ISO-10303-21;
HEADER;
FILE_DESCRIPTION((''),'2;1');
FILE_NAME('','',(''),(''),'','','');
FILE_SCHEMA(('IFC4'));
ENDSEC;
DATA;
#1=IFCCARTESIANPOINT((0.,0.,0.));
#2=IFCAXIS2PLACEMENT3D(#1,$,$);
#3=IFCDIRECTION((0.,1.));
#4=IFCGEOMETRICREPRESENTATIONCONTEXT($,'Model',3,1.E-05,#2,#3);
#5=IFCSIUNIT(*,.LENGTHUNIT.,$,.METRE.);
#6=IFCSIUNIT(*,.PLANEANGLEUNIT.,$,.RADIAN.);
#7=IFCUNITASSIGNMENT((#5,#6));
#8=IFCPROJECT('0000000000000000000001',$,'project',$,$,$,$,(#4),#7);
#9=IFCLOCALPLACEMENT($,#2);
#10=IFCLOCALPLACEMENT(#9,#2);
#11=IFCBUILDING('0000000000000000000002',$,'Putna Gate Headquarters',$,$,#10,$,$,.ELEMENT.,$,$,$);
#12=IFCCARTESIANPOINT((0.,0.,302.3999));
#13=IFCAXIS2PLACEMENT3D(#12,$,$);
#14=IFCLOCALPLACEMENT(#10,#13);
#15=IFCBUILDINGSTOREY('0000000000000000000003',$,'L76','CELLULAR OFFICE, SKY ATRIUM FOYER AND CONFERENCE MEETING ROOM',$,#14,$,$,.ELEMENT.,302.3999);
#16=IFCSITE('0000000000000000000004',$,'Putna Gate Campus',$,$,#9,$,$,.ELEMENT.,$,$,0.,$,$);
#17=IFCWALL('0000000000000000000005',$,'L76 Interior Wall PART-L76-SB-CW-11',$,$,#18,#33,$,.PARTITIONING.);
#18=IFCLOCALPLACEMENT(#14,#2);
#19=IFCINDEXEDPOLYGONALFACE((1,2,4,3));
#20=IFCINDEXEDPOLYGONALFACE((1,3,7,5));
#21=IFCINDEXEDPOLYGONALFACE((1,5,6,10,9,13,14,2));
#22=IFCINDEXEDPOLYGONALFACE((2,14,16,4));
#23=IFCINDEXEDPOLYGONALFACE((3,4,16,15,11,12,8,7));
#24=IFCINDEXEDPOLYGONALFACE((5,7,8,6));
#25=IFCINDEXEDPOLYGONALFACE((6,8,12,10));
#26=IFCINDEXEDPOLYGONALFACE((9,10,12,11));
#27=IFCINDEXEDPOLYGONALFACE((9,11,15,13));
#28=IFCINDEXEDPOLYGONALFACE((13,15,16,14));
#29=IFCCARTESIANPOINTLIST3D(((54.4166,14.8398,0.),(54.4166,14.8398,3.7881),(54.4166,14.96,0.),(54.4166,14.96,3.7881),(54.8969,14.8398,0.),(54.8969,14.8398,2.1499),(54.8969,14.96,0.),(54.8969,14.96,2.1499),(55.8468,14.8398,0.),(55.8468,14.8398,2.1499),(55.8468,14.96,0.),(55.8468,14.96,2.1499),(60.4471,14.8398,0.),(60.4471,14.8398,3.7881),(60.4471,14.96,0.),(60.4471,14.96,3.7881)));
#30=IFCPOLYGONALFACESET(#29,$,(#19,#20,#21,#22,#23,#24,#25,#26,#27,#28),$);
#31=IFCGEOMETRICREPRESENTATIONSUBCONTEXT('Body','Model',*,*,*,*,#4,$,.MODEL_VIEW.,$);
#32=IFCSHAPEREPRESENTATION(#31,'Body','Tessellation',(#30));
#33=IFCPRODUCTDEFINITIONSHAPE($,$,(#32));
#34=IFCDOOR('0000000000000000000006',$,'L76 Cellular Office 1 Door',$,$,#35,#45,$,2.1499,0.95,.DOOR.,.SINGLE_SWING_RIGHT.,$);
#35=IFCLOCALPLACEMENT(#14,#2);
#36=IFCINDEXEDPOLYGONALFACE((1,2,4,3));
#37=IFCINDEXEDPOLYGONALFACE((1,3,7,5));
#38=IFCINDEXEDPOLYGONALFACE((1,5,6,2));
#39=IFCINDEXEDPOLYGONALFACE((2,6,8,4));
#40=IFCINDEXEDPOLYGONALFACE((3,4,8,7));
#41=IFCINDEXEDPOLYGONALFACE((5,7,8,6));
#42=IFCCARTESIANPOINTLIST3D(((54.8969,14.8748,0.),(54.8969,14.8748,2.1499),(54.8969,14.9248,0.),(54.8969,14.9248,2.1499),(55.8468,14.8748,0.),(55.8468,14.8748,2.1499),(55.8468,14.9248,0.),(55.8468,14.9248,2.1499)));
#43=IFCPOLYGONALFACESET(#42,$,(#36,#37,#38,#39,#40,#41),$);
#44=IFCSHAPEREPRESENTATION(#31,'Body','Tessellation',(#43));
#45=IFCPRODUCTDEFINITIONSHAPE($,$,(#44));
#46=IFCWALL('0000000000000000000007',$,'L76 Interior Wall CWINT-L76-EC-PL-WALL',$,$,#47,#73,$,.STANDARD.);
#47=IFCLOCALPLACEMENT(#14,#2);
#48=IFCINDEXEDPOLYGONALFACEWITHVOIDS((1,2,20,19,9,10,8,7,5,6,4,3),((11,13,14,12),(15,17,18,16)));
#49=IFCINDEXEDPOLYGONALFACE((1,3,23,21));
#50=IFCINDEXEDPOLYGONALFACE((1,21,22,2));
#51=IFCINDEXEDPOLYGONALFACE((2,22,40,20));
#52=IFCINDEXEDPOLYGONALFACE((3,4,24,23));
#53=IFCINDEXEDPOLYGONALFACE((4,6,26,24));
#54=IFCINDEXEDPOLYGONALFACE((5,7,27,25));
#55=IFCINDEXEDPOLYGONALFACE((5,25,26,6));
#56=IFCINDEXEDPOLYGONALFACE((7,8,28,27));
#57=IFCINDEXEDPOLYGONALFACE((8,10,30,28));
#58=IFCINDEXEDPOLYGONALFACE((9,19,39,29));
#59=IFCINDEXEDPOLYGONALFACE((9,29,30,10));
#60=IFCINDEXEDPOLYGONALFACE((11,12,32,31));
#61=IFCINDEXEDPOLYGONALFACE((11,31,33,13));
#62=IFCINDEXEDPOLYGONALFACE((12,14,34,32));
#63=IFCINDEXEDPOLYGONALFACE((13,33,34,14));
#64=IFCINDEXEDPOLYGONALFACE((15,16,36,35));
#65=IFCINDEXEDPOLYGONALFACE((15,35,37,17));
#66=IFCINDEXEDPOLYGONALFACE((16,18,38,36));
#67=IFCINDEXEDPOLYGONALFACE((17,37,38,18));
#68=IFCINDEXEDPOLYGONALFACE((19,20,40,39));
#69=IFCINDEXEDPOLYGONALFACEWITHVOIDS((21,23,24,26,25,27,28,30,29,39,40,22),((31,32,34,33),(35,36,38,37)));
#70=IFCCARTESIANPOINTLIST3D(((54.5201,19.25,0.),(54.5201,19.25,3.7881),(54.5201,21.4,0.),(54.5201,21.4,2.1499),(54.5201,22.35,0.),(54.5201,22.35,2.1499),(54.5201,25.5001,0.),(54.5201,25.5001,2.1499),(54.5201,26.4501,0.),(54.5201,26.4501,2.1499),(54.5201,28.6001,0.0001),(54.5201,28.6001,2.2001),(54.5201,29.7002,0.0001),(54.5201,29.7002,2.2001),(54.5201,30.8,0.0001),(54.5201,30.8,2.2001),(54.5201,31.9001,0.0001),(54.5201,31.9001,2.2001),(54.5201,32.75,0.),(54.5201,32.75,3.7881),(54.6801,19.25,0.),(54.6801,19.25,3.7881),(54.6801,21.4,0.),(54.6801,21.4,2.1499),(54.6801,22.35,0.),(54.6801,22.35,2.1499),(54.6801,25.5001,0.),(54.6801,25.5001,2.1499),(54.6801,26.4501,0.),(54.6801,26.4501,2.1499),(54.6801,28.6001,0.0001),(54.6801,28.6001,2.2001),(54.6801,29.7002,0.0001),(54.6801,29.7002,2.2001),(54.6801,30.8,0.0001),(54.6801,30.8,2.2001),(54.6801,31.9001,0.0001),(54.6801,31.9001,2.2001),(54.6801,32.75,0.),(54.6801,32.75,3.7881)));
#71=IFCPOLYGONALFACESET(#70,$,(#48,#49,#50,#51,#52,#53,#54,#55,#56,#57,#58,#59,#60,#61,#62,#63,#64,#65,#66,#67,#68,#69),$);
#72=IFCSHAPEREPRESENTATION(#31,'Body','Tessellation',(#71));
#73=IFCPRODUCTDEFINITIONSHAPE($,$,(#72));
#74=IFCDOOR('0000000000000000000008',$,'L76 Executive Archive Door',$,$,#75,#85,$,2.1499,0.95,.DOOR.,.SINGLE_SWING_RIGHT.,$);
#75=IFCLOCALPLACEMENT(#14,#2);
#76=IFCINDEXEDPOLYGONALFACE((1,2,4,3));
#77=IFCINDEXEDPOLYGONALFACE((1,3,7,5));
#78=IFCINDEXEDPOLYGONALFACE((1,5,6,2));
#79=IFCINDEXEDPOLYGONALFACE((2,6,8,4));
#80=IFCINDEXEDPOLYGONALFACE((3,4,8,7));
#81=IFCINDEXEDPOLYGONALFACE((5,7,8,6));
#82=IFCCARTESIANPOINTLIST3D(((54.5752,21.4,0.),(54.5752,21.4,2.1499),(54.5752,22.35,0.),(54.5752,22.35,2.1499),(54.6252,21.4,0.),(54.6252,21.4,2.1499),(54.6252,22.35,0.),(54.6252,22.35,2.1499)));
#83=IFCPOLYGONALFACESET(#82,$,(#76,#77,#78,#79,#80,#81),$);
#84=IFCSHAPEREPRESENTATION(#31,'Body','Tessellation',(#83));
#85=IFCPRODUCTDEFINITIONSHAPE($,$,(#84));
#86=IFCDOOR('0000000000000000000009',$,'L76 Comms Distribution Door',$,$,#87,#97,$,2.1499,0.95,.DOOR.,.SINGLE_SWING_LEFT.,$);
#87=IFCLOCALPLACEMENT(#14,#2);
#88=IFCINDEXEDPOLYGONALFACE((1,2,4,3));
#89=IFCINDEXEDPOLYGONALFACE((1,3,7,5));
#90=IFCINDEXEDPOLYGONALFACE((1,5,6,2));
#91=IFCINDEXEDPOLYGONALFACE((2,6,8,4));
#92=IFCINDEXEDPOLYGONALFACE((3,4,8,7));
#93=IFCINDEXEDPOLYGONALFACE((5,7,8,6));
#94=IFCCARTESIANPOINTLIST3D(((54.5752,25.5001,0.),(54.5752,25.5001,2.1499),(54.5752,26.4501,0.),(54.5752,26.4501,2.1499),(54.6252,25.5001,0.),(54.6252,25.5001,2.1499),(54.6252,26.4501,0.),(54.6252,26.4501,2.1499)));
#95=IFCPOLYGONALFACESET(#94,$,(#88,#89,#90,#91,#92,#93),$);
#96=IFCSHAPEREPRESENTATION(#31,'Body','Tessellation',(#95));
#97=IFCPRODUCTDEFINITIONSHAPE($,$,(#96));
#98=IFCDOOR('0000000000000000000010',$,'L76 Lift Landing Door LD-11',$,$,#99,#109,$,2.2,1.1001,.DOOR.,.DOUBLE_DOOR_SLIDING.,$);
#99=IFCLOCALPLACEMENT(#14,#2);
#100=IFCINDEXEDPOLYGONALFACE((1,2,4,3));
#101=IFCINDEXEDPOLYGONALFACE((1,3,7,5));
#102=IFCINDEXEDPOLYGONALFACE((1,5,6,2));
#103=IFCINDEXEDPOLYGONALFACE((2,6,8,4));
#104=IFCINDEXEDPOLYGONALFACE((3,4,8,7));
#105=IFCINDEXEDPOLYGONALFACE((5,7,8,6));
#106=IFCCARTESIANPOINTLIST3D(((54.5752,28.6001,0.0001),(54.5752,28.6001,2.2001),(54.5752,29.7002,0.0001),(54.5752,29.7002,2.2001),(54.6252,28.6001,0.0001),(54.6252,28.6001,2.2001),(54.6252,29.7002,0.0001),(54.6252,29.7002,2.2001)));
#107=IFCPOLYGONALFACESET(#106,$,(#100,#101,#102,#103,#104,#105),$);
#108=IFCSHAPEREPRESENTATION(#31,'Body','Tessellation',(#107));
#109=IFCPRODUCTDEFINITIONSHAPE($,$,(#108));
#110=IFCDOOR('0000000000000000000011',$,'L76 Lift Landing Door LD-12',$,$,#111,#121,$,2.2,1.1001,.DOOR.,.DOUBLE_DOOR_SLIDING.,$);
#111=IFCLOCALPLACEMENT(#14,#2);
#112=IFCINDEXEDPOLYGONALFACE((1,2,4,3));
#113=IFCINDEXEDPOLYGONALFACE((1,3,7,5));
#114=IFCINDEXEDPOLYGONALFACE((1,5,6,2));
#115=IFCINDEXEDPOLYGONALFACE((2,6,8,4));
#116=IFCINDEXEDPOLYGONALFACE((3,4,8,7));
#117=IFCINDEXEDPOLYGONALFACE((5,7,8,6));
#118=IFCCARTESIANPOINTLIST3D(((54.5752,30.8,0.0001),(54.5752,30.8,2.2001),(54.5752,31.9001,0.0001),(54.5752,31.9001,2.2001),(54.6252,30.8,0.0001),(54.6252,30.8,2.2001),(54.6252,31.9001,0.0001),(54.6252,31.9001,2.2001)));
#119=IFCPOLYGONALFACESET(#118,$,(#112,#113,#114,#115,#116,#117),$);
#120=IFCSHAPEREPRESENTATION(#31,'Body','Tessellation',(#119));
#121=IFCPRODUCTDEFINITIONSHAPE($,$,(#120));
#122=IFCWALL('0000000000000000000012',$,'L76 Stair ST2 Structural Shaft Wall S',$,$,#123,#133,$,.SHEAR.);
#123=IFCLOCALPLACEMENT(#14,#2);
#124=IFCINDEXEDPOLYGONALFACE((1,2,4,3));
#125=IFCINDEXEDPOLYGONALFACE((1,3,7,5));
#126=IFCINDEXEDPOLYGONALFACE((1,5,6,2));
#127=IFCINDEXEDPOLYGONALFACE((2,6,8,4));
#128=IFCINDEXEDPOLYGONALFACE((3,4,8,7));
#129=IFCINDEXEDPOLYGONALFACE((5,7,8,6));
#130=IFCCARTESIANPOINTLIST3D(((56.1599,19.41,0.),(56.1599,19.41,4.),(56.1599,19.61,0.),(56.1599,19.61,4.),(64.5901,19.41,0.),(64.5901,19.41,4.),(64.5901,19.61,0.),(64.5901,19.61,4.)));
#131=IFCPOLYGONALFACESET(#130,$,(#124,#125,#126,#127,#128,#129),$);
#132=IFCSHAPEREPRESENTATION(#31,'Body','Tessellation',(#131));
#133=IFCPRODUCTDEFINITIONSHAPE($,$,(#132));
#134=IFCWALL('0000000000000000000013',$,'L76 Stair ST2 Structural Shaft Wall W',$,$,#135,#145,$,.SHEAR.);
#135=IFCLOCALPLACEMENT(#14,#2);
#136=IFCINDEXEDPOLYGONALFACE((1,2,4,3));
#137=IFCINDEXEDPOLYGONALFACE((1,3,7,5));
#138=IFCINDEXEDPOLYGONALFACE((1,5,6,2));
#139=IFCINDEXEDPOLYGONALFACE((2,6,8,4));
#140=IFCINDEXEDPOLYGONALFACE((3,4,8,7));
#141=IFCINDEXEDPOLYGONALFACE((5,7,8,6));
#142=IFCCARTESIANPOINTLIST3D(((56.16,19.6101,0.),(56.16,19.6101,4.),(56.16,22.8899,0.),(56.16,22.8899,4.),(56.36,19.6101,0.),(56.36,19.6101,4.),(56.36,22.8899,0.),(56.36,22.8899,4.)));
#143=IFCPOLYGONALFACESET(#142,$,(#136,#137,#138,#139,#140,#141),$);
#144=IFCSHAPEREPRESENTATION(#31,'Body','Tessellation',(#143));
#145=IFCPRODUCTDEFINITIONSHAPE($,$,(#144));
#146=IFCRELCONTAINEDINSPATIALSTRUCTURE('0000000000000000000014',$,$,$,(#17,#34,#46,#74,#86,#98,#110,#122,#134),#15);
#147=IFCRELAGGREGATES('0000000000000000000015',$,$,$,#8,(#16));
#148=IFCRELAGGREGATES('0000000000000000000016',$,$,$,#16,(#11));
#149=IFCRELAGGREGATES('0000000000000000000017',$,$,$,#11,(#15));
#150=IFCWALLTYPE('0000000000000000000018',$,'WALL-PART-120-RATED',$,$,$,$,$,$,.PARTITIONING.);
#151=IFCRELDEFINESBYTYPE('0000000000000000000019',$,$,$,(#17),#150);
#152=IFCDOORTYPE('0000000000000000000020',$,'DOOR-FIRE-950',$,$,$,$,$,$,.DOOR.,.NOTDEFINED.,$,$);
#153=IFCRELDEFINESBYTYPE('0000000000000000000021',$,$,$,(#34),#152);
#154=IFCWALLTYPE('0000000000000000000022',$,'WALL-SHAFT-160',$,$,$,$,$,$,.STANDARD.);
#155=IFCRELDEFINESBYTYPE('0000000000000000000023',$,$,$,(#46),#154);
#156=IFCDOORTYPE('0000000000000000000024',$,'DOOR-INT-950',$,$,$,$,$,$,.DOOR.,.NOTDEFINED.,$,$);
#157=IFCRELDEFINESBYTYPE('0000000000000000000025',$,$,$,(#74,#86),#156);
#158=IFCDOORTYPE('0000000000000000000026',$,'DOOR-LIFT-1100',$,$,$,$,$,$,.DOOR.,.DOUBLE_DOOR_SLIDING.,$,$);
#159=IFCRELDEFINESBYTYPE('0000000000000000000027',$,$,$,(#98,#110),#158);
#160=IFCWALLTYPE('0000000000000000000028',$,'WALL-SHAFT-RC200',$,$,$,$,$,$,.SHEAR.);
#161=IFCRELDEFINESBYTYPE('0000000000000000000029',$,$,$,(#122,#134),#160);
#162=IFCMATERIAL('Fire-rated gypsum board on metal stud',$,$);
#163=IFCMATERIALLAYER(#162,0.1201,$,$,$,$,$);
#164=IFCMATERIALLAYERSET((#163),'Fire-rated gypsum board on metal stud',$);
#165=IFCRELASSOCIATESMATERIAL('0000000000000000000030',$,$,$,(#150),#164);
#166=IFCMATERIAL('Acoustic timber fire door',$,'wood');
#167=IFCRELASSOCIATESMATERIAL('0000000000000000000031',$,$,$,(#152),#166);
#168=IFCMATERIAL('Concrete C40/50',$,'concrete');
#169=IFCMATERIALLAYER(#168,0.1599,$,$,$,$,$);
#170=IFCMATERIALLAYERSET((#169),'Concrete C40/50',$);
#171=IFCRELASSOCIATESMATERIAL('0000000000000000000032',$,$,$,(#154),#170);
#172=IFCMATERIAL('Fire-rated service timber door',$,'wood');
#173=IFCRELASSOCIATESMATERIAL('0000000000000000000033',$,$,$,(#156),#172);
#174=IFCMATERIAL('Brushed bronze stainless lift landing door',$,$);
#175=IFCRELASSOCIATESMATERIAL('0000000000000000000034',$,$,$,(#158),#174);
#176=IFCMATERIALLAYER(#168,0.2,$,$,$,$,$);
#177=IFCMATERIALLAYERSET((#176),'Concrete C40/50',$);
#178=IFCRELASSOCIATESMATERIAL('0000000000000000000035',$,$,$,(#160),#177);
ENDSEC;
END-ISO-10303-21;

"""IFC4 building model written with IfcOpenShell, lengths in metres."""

from ifc_helpers import new_model, si_unit, direction, frame, frame_2d, origin, place, context, subcontext, project, spatial, rectangle, extrude, material, layer, layer_set, type_object, element, fill, save


model = new_model("IFC4")

# Units and contexts
model_context = context("Model", 3, precision=1e-05, world=origin(), true_north=direction((0.0, 1.0)))
body_context = subcontext(model_context, "Body", "Model", "MODEL_VIEW")
ifc_project = project(units=[si_unit("LENGTHUNIT", "METRE"), si_unit("PLANEANGLEUNIT", "RADIAN")], contexts=[model_context])

# Site, building, storey
site_placement = place(None, origin())
site = spatial("IfcSite", under=ifc_project, at=site_placement, Name="Putna Gate Campus", CompositionType="ELEMENT", RefElevation=0.0)
building_placement = place(site_placement, origin())
building = spatial("IfcBuilding", under=site, at=building_placement, Name="Putna Gate Headquarters", CompositionType="ELEMENT")
storey_placement = place(building_placement, frame((0.0, 0.0, 302.3999)))
storey = spatial("IfcBuildingStorey", under=building, at=storey_placement, Name="L76", Description="CELLULAR OFFICE, SKY ATRIUM FOYER AND CONFERENCE MEETING ROOM", CompositionType="ELEMENT", Elevation=302.3999)

# Wall, opening, door
ifc_material_1 = material(Name="Fire-rated gypsum board on metal stud")
ifc_layer_1 = layer(ifc_material_1, 0.1201)
ifc_layer_set_1 = layer_set([ifc_layer_1], Name="Fire-rated gypsum board on metal stud")
wall_type_1 = type_object("IfcWallType", Name="WALL-PART-120-RATED", PredefinedType="PARTITIONING", material=ifc_layer_set_1)
ifc_material_2 = material(Name="Acoustic timber fire door", Category="wood")
door_type_1 = type_object("IfcDoorType", Name="DOOR-FIRE-950", OperationType="NOTDEFINED", PredefinedType="DOOR", material=ifc_material_2)
wall_1_placement = place(storey_placement, frame((54.4167, 14.8999, 0.0), z_axis=(0.0, 0.0, 1.0), x_axis=(1.0, 0.0, 0.0)))
wall_1 = element("IfcWall", 1, at=wall_1_placement, inside=storey, type_object=wall_type_1, Name="L76 Interior Wall PART-L76-SB-CW-11", PredefinedType="PARTITIONING", context=body_context, shape_type="SweptSolid", body=[
    extrude(rectangle(XDim=6.0305, YDim=0.1201, at=frame_2d((3.0151, 0.0))), origin(), (0.0, 0.0, 1.0), 3.7881),
])
opening_1_placement = place(wall_1_placement, frame((0.48, 0.0, 0.0)))
opening_1 = element("IfcOpeningElement", 2, at=opening_1_placement, cuts=wall_1, PredefinedType="OPENING", context=body_context, shape_type="SweptSolid", body=[
    extrude(rectangle(XDim=0.95, YDim=2.1499, at=frame_2d((0.4751, 1.075))), frame((0.0, 0.0701, 0.0), z_axis=(0.0, -1.0, 0.0), x_axis=(1.0, 0.0, 0.0)), (0.0, 0.0, 1.0), 0.1401),
])
door_1_placement = place(opening_1_placement, origin())
door_1 = element("IfcDoor", 3, at=door_1_placement, inside=storey, type_object=door_type_1, Name="L76 Cellular Office 1 Door", OperationType="SINGLE_SWING_RIGHT", OverallHeight=2.1499, OverallWidth=0.95, PredefinedType="DOOR", context=body_context, shape_type="SweptSolid", body=[
    extrude(rectangle(XDim=0.95, YDim=2.1499, at=frame_2d((0.4751, 1.075))), frame((0.0, 0.0249, 0.0), z_axis=(0.0, -1.0, 0.0), x_axis=(1.0, 0.0, 0.0)), (0.0, 0.0, 1.0), 0.05),
])
fill(opening_1, door_1)

# Wall, openings, doors
ifc_material_3 = material(Name="Concrete C40/50", Category="concrete")
ifc_layer_2 = layer(ifc_material_3, 0.1599)
ifc_layer_set_2 = layer_set([ifc_layer_2], Name="Concrete C40/50")
wall_type_2 = type_object("IfcWallType", Name="WALL-SHAFT-160", PredefinedType="STANDARD", material=ifc_layer_set_2)
wall_2_placement = place(storey_placement, frame((54.6001, 19.25, 0.0), z_axis=(0.0, 0.0, 1.0), x_axis=(0.0, 1.0, 0.0)))
wall_2 = element("IfcWall", 4, at=wall_2_placement, inside=storey, type_object=wall_type_2, Name="L76 Interior Wall CWINT-L76-EC-PL-WALL", PredefinedType="STANDARD", context=body_context, shape_type="SweptSolid", body=[
    extrude(rectangle(XDim=13.5, YDim=0.1599, at=frame_2d((6.75, 0.0))), origin(), (0.0, 0.0, 1.0), 3.7881),
])
opening_2_placement = place(wall_2_placement, frame((2.1499, 0.0, 0.0)))
opening_2 = element("IfcOpeningElement", 5, at=opening_2_placement, cuts=wall_2, PredefinedType="OPENING", context=body_context, shape_type="SweptSolid", body=[
    extrude(rectangle(XDim=0.95, YDim=2.1499, at=frame_2d((0.4751, 1.075))), frame((0.0, 0.0898, 0.0), z_axis=(0.0, -1.0, 0.0), x_axis=(1.0, 0.0, 0.0)), (0.0, 0.0, 1.0), 0.1799),
])
opening_3_placement = place(wall_2_placement, frame((6.25, 0.0, 0.0)))
opening_3 = element("IfcOpeningElement", 6, at=opening_3_placement, cuts=wall_2, PredefinedType="OPENING", context=body_context, shape_type="SweptSolid", body=[
    extrude(rectangle(XDim=0.95, YDim=2.1499, at=frame_2d((0.4751, 1.075))), frame((0.0, 0.0898, 0.0), z_axis=(0.0, -1.0, 0.0), x_axis=(1.0, 0.0, 0.0)), (0.0, 0.0, 1.0), 0.1799),
])
opening_4_placement = place(wall_2_placement, frame((9.3501, 0.0, 0.0)))
opening_4 = element("IfcOpeningElement", 7, at=opening_4_placement, cuts=wall_2, PredefinedType="OPENING", context=body_context, shape_type="SweptSolid", body=[
    extrude(rectangle(XDim=1.1001, YDim=2.2, at=frame_2d((0.55, 1.1001))), frame((0.0, 0.0898, 0.0), z_axis=(0.0, -1.0, 0.0), x_axis=(1.0, 0.0, 0.0)), (0.0, 0.0, 1.0), 0.1799),
])
opening_5_placement = place(wall_2_placement, frame((11.55, 0.0, 0.0)))
opening_5 = element("IfcOpeningElement", 8, at=opening_5_placement, cuts=wall_2, PredefinedType="OPENING", context=body_context, shape_type="SweptSolid", body=[
    extrude(rectangle(XDim=1.1001, YDim=2.2, at=frame_2d((0.55, 1.1001))), frame((0.0, 0.0898, 0.0), z_axis=(0.0, -1.0, 0.0), x_axis=(1.0, 0.0, 0.0)), (0.0, 0.0, 1.0), 0.1799),
])
ifc_material_4 = material(Name="Fire-rated service timber door", Category="wood")
door_type_2 = type_object("IfcDoorType", Name="DOOR-INT-950", OperationType="NOTDEFINED", PredefinedType="DOOR", material=ifc_material_4)
door_2_placement = place(opening_2_placement, origin())
door_2 = element("IfcDoor", 9, at=door_2_placement, inside=storey, type_object=door_type_2, Name="L76 Executive Archive Door", OperationType="SINGLE_SWING_RIGHT", OverallHeight=2.1499, OverallWidth=0.95, PredefinedType="DOOR", context=body_context, shape_type="SweptSolid", body=[
    extrude(rectangle(XDim=0.95, YDim=2.1499, at=frame_2d((0.4751, 1.075))), frame((0.0, 0.0249, 0.0), z_axis=(0.0, -1.0, 0.0), x_axis=(1.0, 0.0, 0.0)), (0.0, 0.0, 1.0), 0.05),
])
fill(opening_2, door_2)
door_3_placement = place(opening_3_placement, origin())
door_3 = element("IfcDoor", 10, at=door_3_placement, inside=storey, type_object=door_type_2, Name="L76 Comms Distribution Door", OperationType="SINGLE_SWING_LEFT", OverallHeight=2.1499, OverallWidth=0.95, PredefinedType="DOOR", context=body_context, shape_type="SweptSolid", body=[
    extrude(rectangle(XDim=0.95, YDim=2.1499, at=frame_2d((0.4751, 1.075))), frame((0.0, 0.0249, 0.0), z_axis=(0.0, -1.0, 0.0), x_axis=(1.0, 0.0, 0.0)), (0.0, 0.0, 1.0), 0.05),
])
fill(opening_3, door_3)
ifc_material_5 = material(Name="Brushed bronze stainless lift landing door")
door_type_3 = type_object("IfcDoorType", Name="DOOR-LIFT-1100", OperationType="DOUBLE_DOOR_SLIDING", PredefinedType="DOOR", material=ifc_material_5)
door_4_placement = place(opening_4_placement, origin())
door_4 = element("IfcDoor", 11, at=door_4_placement, inside=storey, type_object=door_type_3, Name="L76 Lift Landing Door LD-11", OperationType="DOUBLE_DOOR_SLIDING", OverallHeight=2.2, OverallWidth=1.1001, PredefinedType="DOOR", context=body_context, shape_type="SweptSolid", body=[
    extrude(rectangle(XDim=1.1001, YDim=2.2, at=frame_2d((0.55, 1.1001))), frame((0.0, 0.0249, 0.0), z_axis=(0.0, -1.0, 0.0), x_axis=(1.0, 0.0, 0.0)), (0.0, 0.0, 1.0), 0.05),
])
fill(opening_4, door_4)
door_5_placement = place(opening_5_placement, origin())
door_5 = element("IfcDoor", 12, at=door_5_placement, inside=storey, type_object=door_type_3, Name="L76 Lift Landing Door LD-12", OperationType="DOUBLE_DOOR_SLIDING", OverallHeight=2.2, OverallWidth=1.1001, PredefinedType="DOOR", context=body_context, shape_type="SweptSolid", body=[
    extrude(rectangle(XDim=1.1001, YDim=2.2, at=frame_2d((0.55, 1.1001))), frame((0.0, 0.0249, 0.0), z_axis=(0.0, -1.0, 0.0), x_axis=(1.0, 0.0, 0.0)), (0.0, 0.0, 1.0), 0.05),
])
fill(opening_5, door_5)

# Walls
ifc_layer_3 = layer(ifc_material_3, 0.2)
ifc_layer_set_3 = layer_set([ifc_layer_3], Name="Concrete C40/50")
wall_type_3 = type_object("IfcWallType", Name="WALL-SHAFT-RC200", PredefinedType="SHEAR", material=ifc_layer_set_3)
wall_3_placement = place(storey_placement, frame((56.1599, 19.51, 0.0), z_axis=(0.0, 0.0, 1.0), x_axis=(1.0, 0.0, 0.0)))
element("IfcWall", 13, at=wall_3_placement, inside=storey, type_object=wall_type_3, Name="L76 Stair ST2 Structural Shaft Wall S", PredefinedType="SHEAR", context=body_context, shape_type="SweptSolid", body=[
    extrude(rectangle(XDim=8.4302, YDim=0.2, at=frame_2d((4.2151, 0.0))), origin(), (0.0, 0.0, 1.0), 4.0),
])
wall_4_placement = place(storey_placement, frame((56.26, 19.6101, 0.0), z_axis=(0.0, 0.0, 1.0), x_axis=(0.0, 1.0, 0.0)))
element("IfcWall", 14, at=wall_4_placement, inside=storey, type_object=wall_type_3, Name="L76 Stair ST2 Structural Shaft Wall W", PredefinedType="SHEAR", context=body_context, shape_type="SweptSolid", body=[
    extrude(rectangle(XDim=3.2798, YDim=0.2, at=frame_2d((1.6399, 0.0))), origin(), (0.0, 0.0, 1.0), 4.0),
])

save(model, "model.ifc")
